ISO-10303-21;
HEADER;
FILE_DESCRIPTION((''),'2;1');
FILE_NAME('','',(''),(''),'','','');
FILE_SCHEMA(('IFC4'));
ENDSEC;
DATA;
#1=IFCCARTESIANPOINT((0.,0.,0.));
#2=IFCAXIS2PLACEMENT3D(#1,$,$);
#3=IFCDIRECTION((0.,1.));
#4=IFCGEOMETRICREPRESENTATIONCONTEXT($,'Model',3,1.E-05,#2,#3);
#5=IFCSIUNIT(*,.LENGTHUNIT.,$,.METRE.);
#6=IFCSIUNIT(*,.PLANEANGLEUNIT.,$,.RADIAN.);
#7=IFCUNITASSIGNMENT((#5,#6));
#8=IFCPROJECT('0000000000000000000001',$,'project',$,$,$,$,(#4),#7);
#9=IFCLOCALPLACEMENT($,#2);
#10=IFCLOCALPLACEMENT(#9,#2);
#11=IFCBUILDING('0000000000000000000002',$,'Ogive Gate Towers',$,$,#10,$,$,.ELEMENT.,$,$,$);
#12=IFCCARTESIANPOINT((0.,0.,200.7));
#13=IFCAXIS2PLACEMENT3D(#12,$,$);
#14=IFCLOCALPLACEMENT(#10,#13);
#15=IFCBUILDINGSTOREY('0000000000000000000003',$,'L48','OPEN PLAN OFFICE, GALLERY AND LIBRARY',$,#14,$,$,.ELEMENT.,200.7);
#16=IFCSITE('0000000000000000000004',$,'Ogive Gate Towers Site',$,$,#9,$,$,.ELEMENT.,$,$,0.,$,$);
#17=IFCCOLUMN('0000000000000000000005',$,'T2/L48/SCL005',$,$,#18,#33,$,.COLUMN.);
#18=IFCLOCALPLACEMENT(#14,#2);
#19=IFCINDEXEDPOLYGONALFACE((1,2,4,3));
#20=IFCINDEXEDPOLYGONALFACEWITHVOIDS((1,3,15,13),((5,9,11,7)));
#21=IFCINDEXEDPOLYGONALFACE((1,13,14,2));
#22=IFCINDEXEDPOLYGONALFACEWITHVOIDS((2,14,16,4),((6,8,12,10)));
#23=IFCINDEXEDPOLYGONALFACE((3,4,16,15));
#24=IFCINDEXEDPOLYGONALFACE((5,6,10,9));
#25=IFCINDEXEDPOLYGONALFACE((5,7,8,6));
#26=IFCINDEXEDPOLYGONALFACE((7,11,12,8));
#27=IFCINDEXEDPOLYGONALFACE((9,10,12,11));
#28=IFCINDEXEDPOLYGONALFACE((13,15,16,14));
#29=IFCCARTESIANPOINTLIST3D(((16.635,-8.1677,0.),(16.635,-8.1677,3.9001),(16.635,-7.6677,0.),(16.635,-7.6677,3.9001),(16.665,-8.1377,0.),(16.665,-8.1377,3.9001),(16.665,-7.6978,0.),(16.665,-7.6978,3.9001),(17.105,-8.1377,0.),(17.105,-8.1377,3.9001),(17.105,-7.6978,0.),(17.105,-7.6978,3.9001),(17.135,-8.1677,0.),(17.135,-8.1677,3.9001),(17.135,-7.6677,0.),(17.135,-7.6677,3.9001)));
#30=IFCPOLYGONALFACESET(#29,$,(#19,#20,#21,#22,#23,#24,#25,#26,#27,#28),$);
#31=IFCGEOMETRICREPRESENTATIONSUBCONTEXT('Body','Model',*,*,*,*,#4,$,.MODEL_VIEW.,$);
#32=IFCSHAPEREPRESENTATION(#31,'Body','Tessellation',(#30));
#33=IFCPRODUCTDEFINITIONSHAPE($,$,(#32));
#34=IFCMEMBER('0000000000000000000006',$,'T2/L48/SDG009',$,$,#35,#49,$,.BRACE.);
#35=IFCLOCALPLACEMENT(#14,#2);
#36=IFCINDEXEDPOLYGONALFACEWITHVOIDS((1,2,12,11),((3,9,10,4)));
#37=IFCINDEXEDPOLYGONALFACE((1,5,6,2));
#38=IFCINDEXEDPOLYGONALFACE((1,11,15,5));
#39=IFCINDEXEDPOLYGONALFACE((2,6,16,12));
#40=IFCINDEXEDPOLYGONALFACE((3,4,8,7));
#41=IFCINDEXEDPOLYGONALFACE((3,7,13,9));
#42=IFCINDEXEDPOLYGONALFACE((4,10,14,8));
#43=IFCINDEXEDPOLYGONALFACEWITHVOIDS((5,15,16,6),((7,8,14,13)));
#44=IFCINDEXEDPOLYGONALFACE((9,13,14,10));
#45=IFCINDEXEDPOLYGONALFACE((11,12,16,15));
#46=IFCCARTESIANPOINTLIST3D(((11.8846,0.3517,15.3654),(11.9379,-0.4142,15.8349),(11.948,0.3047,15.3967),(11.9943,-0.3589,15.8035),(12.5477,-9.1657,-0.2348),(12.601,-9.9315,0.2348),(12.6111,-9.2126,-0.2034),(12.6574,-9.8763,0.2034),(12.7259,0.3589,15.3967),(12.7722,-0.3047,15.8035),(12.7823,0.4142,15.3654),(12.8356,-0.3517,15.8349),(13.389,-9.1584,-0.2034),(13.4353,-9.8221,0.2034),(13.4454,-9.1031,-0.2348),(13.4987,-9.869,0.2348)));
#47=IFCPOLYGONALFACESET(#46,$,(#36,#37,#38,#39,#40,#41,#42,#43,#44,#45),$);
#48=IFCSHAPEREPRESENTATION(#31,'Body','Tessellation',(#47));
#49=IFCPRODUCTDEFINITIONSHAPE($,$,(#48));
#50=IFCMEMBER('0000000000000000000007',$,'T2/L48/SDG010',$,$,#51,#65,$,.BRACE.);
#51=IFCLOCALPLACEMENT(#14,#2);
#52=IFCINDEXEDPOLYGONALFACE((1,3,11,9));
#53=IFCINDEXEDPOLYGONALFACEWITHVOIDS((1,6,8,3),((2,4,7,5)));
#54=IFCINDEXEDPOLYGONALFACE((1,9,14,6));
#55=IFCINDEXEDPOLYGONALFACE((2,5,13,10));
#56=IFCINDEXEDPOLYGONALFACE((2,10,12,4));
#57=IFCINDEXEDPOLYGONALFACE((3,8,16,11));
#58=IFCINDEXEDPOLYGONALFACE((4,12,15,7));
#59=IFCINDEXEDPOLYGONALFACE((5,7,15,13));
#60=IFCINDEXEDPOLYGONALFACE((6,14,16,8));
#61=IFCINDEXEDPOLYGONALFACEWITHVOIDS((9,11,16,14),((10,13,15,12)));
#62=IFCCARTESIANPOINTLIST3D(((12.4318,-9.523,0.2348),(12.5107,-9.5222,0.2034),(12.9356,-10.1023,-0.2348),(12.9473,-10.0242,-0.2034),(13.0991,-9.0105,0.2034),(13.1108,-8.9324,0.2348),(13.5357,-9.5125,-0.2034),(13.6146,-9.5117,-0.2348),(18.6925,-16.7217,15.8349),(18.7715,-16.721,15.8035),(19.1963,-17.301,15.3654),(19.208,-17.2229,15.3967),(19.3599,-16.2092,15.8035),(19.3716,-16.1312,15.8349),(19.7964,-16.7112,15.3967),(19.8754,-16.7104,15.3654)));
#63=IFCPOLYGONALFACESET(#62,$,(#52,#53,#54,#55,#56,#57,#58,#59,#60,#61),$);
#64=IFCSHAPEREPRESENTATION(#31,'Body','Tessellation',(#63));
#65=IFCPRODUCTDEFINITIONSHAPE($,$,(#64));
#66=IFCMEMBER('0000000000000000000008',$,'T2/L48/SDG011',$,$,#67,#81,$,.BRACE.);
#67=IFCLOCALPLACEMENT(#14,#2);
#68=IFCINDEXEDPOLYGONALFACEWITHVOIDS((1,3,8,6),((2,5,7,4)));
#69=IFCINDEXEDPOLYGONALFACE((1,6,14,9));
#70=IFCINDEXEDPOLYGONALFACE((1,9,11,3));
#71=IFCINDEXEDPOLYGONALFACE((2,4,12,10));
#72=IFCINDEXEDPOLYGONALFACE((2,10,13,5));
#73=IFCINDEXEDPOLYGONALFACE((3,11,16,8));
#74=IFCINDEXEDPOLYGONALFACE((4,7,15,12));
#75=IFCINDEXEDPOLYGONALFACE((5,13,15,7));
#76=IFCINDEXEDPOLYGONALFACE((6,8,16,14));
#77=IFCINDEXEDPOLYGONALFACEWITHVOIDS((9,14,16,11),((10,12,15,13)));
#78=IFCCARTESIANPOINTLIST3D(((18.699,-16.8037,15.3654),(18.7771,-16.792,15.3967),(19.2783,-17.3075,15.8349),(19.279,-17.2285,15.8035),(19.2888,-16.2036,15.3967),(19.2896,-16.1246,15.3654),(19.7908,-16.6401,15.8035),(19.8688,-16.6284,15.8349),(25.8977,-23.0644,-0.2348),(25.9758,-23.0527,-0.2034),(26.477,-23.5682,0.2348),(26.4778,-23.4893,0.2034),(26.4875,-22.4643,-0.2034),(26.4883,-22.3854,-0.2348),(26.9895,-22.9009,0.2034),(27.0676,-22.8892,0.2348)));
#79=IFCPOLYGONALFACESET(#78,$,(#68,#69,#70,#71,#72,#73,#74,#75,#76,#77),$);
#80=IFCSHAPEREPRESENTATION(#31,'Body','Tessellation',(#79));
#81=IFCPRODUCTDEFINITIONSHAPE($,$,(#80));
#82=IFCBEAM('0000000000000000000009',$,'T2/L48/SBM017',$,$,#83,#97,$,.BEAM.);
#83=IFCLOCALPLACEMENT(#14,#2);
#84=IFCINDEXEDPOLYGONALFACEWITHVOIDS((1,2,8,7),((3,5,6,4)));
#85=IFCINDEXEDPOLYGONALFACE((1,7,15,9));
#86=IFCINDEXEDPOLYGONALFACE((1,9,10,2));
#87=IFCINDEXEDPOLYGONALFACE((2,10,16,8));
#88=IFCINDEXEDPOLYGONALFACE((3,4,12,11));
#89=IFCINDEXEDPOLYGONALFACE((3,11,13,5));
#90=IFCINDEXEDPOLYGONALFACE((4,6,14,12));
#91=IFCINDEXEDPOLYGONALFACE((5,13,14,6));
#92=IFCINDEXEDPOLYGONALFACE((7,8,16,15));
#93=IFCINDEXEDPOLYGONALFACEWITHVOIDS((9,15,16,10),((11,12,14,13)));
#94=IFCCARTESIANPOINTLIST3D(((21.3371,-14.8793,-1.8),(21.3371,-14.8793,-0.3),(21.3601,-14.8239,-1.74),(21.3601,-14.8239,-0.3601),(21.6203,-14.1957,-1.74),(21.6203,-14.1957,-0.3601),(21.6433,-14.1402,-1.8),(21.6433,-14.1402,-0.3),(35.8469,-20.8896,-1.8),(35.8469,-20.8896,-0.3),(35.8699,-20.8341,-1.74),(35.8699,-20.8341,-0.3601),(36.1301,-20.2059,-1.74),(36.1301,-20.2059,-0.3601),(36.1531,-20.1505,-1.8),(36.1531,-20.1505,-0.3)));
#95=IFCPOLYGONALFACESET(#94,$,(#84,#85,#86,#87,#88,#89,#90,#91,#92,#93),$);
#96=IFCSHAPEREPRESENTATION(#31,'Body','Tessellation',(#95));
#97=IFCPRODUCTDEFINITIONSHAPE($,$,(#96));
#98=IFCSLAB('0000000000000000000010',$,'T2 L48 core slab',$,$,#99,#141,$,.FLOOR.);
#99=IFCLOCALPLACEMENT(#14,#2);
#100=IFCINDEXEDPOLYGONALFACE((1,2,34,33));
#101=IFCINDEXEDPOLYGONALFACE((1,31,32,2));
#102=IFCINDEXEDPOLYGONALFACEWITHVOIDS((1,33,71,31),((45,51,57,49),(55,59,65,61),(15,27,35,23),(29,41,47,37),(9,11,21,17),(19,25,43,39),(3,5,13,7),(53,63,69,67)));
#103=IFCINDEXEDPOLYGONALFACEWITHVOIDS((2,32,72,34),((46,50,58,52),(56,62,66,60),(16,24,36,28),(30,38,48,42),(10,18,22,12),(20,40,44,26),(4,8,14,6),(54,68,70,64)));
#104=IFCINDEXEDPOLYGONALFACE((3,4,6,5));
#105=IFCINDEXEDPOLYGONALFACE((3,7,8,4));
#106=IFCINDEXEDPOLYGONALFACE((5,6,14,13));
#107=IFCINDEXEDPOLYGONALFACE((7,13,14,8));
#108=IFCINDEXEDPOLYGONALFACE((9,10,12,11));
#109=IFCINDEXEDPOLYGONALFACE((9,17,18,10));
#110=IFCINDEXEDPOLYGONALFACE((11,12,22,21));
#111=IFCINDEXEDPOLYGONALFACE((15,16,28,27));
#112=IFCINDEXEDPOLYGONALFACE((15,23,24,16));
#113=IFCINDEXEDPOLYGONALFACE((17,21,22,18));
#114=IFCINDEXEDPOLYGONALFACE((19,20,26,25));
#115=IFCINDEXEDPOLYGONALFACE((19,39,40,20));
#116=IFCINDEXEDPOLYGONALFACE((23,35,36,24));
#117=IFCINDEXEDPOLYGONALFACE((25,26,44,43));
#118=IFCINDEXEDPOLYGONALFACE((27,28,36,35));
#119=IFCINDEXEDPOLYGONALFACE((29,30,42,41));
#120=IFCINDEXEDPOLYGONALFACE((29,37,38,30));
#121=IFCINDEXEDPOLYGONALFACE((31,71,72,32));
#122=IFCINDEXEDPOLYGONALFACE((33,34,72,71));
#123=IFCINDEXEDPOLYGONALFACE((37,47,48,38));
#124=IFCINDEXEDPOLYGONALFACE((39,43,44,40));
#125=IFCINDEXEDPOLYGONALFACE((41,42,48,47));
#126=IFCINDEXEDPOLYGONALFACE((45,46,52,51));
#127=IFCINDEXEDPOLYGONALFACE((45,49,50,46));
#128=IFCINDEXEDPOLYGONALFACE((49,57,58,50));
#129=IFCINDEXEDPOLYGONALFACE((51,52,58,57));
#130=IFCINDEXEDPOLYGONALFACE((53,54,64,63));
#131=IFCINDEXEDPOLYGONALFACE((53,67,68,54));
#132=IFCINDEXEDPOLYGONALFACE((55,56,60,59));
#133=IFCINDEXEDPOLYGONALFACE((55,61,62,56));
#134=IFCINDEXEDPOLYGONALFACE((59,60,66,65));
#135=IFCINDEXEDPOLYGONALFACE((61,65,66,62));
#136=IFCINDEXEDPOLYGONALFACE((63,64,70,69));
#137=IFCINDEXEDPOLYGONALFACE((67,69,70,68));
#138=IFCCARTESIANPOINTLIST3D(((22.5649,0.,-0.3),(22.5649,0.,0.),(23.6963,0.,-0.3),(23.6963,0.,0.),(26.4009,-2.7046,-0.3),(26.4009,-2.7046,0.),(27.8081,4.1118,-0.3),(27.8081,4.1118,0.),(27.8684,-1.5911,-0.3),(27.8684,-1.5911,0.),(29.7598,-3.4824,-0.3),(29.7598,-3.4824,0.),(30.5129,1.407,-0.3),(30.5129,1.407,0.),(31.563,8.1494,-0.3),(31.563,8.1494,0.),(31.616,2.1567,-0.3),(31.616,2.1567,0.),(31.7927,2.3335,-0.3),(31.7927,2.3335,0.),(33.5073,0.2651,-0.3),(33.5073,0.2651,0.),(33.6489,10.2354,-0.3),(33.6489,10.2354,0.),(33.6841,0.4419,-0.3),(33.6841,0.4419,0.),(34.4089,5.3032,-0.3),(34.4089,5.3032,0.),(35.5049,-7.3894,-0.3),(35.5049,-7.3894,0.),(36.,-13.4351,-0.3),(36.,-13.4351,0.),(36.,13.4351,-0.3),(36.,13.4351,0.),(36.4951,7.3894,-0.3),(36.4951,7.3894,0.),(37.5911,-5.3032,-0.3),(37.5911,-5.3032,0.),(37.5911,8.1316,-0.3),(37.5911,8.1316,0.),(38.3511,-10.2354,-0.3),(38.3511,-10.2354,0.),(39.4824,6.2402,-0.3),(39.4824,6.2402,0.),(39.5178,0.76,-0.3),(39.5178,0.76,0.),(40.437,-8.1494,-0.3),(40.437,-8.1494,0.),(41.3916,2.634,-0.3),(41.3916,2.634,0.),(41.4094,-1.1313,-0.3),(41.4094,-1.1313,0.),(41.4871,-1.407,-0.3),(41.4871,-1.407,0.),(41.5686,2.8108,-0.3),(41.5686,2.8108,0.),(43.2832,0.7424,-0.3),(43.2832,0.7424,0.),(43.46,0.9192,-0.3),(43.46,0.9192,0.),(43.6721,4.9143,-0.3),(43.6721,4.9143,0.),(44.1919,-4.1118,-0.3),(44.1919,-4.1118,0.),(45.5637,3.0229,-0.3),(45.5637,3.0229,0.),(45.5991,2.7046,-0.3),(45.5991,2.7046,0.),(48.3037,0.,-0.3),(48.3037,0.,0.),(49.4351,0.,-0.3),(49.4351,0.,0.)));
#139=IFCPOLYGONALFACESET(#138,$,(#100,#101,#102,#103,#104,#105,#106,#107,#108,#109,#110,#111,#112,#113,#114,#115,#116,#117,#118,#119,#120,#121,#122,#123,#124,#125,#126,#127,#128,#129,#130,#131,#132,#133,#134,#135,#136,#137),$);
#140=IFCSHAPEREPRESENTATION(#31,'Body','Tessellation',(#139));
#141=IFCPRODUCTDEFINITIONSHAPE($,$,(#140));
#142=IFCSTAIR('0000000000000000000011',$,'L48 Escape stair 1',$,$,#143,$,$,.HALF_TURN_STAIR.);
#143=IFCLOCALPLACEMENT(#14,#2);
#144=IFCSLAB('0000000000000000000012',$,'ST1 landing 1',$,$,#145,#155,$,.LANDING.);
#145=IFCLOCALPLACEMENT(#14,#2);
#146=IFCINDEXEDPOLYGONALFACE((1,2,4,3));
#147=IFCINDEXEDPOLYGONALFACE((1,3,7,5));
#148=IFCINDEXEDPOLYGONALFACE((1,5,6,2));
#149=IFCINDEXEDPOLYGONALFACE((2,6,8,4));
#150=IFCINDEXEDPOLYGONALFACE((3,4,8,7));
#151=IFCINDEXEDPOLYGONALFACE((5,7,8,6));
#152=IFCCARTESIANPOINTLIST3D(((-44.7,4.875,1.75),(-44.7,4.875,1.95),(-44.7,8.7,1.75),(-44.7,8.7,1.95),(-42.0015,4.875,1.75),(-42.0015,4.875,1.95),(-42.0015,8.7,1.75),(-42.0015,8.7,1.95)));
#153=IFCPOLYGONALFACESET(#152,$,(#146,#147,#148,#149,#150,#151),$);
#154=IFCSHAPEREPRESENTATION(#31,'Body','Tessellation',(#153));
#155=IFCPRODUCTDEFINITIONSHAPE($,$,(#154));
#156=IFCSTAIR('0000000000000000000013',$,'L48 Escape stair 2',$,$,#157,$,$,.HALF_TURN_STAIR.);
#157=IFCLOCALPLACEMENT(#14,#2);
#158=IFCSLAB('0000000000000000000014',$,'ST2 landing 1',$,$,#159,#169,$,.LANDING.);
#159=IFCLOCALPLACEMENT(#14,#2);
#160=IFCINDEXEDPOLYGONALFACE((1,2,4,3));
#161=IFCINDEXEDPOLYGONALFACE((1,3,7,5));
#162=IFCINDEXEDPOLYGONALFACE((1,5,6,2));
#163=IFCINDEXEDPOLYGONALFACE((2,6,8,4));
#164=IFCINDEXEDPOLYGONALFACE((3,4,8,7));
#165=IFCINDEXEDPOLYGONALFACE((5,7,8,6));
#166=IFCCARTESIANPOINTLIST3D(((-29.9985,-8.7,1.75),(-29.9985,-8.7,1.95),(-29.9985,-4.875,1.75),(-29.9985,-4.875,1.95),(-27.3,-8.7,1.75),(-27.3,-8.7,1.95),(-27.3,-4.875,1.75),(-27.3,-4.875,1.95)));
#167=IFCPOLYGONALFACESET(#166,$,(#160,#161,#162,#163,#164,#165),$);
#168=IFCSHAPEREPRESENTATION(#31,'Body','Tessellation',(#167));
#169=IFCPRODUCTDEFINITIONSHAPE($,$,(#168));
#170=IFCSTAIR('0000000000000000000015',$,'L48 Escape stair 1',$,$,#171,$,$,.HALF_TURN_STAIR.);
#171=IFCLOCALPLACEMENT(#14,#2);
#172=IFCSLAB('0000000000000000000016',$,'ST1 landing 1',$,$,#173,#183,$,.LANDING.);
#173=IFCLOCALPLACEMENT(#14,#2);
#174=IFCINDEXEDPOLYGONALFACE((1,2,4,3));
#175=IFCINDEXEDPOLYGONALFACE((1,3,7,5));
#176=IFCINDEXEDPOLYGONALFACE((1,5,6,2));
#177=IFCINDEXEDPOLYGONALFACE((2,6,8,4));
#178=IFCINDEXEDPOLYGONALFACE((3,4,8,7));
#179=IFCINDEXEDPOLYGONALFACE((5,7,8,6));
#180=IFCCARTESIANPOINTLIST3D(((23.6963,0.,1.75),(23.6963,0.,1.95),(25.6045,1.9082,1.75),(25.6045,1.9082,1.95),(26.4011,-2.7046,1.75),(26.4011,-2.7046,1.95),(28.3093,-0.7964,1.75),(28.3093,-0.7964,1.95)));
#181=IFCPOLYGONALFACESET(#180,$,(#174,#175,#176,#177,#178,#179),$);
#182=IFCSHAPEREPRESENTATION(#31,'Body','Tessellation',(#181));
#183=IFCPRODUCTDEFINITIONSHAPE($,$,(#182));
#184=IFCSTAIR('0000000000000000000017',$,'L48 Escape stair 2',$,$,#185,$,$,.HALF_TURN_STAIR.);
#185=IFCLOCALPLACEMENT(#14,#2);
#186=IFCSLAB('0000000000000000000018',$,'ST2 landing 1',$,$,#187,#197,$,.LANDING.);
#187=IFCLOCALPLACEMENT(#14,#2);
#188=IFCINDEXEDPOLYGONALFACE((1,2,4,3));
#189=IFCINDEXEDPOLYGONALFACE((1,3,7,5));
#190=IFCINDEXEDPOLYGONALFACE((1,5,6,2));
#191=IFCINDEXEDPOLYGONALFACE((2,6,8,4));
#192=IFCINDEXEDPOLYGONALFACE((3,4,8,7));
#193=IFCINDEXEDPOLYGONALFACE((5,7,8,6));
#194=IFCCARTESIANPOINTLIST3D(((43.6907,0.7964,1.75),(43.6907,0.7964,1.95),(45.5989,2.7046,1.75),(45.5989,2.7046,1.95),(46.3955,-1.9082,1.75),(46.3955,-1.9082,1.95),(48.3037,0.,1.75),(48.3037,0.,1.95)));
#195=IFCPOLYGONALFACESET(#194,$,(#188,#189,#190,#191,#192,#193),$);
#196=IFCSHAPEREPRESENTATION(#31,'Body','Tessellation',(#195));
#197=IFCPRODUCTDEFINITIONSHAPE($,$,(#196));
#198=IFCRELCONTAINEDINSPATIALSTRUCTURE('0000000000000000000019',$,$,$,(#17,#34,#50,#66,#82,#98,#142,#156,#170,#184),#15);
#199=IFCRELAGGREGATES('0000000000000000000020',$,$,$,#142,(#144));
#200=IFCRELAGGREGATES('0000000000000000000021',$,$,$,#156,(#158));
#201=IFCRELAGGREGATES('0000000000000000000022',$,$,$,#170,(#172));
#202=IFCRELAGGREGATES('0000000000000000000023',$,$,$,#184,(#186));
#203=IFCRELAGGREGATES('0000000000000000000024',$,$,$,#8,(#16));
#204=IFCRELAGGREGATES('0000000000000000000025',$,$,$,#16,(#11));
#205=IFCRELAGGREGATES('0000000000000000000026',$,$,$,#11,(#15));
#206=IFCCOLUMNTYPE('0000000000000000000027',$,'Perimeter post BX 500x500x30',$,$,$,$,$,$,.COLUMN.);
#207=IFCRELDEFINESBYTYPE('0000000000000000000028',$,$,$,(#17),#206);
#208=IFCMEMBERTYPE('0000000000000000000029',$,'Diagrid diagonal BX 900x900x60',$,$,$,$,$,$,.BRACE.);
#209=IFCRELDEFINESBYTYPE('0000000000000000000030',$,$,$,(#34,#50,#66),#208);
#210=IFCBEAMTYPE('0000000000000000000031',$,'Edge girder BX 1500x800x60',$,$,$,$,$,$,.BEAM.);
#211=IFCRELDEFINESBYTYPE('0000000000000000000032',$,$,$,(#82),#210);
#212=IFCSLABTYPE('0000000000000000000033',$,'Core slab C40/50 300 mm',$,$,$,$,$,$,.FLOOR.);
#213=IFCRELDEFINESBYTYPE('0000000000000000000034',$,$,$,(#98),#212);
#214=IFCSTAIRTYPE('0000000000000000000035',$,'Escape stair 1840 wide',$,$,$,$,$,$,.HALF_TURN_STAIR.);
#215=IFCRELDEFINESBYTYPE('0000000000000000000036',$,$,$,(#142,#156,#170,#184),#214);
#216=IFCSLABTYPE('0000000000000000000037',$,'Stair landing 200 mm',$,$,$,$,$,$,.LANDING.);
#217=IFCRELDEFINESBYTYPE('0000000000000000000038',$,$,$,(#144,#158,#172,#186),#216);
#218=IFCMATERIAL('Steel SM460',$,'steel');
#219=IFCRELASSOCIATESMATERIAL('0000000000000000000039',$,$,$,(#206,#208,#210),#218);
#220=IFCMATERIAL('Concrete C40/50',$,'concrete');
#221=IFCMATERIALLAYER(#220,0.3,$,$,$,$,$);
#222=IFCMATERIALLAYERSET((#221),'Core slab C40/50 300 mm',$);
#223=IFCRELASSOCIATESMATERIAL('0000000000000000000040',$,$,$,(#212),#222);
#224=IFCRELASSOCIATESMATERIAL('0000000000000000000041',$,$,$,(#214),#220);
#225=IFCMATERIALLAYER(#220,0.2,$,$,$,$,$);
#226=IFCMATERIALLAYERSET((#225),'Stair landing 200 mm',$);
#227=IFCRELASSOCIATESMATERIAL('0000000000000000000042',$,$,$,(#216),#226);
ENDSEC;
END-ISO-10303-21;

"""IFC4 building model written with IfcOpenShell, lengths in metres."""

from ifc_helpers import new_model, si_unit, direction, frame, origin, origin_2d, place, context, subcontext, project, spatial, polyline, hollow_rectangle, outline, extrude, material, layer, layer_set, material_profile, profile_set, type_object, element, aggregate, save


model = new_model("IFC4")

# Units and contexts
model_context = context("Model", 3, precision=1e-05, world=origin(), true_north=direction((0.0, 1.0)))
body_context = subcontext(model_context, "Body", "Model", "MODEL_VIEW")
ifc_project = project(units=[si_unit("LENGTHUNIT", "METRE"), si_unit("PLANEANGLEUNIT", "RADIAN")], contexts=[model_context])

# Site, building, storey
site_placement = place(None, origin())
site = spatial("IfcSite", under=ifc_project, at=site_placement, Name="Ogive Gate Towers Site", CompositionType="ELEMENT", RefElevation=0.0)
building_placement = place(site_placement, origin())
building = spatial("IfcBuilding", under=site, at=building_placement, Name="Ogive Gate Towers", CompositionType="ELEMENT")
storey_placement = place(building_placement, frame((0.0, 0.0, 200.7)))
storey = spatial("IfcBuildingStorey", under=building, at=storey_placement, Name="L48", Description="OPEN PLAN OFFICE, GALLERY AND LIBRARY", CompositionType="ELEMENT", Elevation=200.7)

# Column
ifc_material_1 = material(Name="Steel SM460", Category="steel")
ifc_material_profile_1 = material_profile(ifc_material_1, hollow_rectangle(XDim=0.5, YDim=0.5, WallThickness=0.03, at=origin_2d()), Name="BX 500x500x30")
ifc_profile_set_1 = profile_set([ifc_material_profile_1], Name="Steel SM460")
column_type = type_object("IfcColumnType", Name="Perimeter post BX 500x500x30", PredefinedType="COLUMN", material=ifc_profile_set_1)
column_placement = place(storey_placement, frame((16.885, -7.9177, 0.0), z_axis=(0.0, 0.0, 1.0), x_axis=(1.0, 0.0, 0.0)))
element("IfcColumn", 1, at=column_placement, inside=storey, type_object=column_type, Name="T2/L48/SCL005", PredefinedType="COLUMN", context=body_context, shape_type="SweptSolid", body=[
    extrude(hollow_rectangle(XDim=0.5, YDim=0.5, WallThickness=0.03, at=origin_2d()), origin(), (0.0, 0.0, 1.0), 3.9001),
])

# Members
ifc_material_profile_2 = material_profile(ifc_material_1, hollow_rectangle(XDim=0.8999, YDim=0.8999, WallThickness=0.0601, at=origin_2d()), Name="BX 900x900x60")
ifc_profile_set_2 = profile_set([ifc_material_profile_2], Name="Steel SM460")
member_type = type_object("IfcMemberType", Name="Diagrid diagonal BX 900x900x60", PredefinedType="BRACE", material=ifc_profile_set_2)
for number, where, z_axis, x_axis, name in (
    (2, (13.0232, -9.5173, 0.0), (-0.036262, 0.520468, 0.853111), (-0.997582, -0.069503, 0.0), "T2/L48/SDG009"),
    (3, (13.0232, -9.5173, 0.0), (0.342377, -0.393672, 0.853112), (0.754555, 0.656237, 0.0), "T2/L48/SDG010"),
    (4, (26.4827, -22.9768, 0.0), (-0.393672, 0.342377, 0.853112), (-0.656237, -0.754555, 0.0), "T2/L48/SDG011"),
):
    element("IfcMember", number, at=place(storey_placement, frame(where, z_axis=z_axis, x_axis=x_axis)), inside=storey, type_object=member_type, Name=name, PredefinedType="BRACE", context=body_context, shape_type="SweptSolid", body=[
        extrude(hollow_rectangle(XDim=0.8999, YDim=0.8999, WallThickness=0.0601, at=origin_2d()), origin(), (0.0, 0.0, 1.0), 18.2861),
    ])

# Beam
ifc_material_profile_3 = material_profile(ifc_material_1, hollow_rectangle(XDim=0.8, YDim=1.5, WallThickness=0.0601, at=origin_2d()), Name="BX 1500x800x60")
ifc_profile_set_3 = profile_set([ifc_material_profile_3], Name="Steel SM460")
beam_type = type_object("IfcBeamType", Name="Edge girder BX 1500x800x60", PredefinedType="BEAM", material=ifc_profile_set_3)
beam_placement = place(storey_placement, frame((21.4902, -14.5098, -1.05), z_axis=(0.923877, -0.38269, 0.0), x_axis=(0.38269, 0.923877, 0.0)))
element("IfcBeam", 5, at=beam_placement, inside=storey, type_object=beam_type, Name="T2/L48/SBM017", PredefinedType="BEAM", context=body_context, shape_type="SweptSolid", body=[
    extrude(hollow_rectangle(XDim=0.8, YDim=1.5, WallThickness=0.0601, at=origin_2d()), origin(), (0.0, 0.0, 1.0), 15.7053),
])

# Slab
ifc_material_2 = material(Name="Concrete C40/50", Category="concrete")
ifc_layer_1 = layer(ifc_material_2, 0.3)
ifc_layer_set_1 = layer_set([ifc_layer_1], Name="Core slab C40/50 300 mm")
slab_type_1 = type_object("IfcSlabType", Name="Core slab C40/50 300 mm", PredefinedType="FLOOR", material=ifc_layer_set_1)
slab_1_placement = place(storey_placement, frame((0.0, 0.0, -0.3)))
element("IfcSlab", 6, at=slab_1_placement, inside=storey, type_object=slab_type_1, Name="T2 L48 core slab", PredefinedType="FLOOR", context=body_context, shape_type="SweptSolid", body=[
    extrude(outline(polyline([(36.0, -13.4351), (22.5649, 0.0), (36.0, 13.4351), (49.4351, 0.0), (36.0, -13.4351)]), holes=[polyline([(29.7598, -3.4824), (33.5073, 0.2651), (31.616, 2.1567), (27.8684, -1.5911), (29.7598, -3.4824)]), polyline([(31.7927, 2.3335), (33.6841, 0.4419), (39.4824, 6.2402), (37.5911, 8.1316), (31.7927, 2.3335)]), polyline([(41.3916, 2.634), (39.5178, 0.76), (41.4094, -1.1313), (43.2832, 0.7424), (41.3916, 2.634)]), polyline([(45.5637, 3.0229), (43.6721, 4.9143), (41.5686, 2.8108), (43.46, 0.9192), (45.5637, 3.0229)]), polyline([(34.4089, 5.3032), (36.4951, 7.3894), (33.6489, 10.2354), (31.563, 8.1494), (34.4089, 5.3032)]), polyline([(35.5049, -7.3894), (38.3511, -10.2354), (40.437, -8.1494), (37.5911, -5.3032), (35.5049, -7.3894)]), polyline([(26.4009, -2.7046), (30.5129, 1.407), (27.8081, 4.1118), (23.6963, 0.0), (26.4009, -2.7046)]), polyline([(48.3037, 0.0), (45.5991, 2.7046), (41.4871, -1.407), (44.1919, -4.1118), (48.3037, 0.0)])]), origin(), (0.0, 0.0, 1.0), 0.3),
])

# Stairs, slabs
stair_type = type_object("IfcStairType", Name="Escape stair 1840 wide", PredefinedType="HALF_TURN_STAIR", material=ifc_material_2)
stair_1_placement = place(storey_placement, origin())
stair_1 = element("IfcStair", 7, at=stair_1_placement, inside=storey, type_object=stair_type, Name="L48 Escape stair 1", PredefinedType="HALF_TURN_STAIR")
ifc_layer_2 = layer(ifc_material_2, 0.2)
ifc_layer_set_2 = layer_set([ifc_layer_2], Name="Stair landing 200 mm")
slab_type_2 = type_object("IfcSlabType", Name="Stair landing 200 mm", PredefinedType="LANDING", material=ifc_layer_set_2)
slab_2_placement = place(storey_placement, frame((0.0, 0.0, 1.75)))
slab_2 = element("IfcSlab", 8, at=slab_2_placement, type_object=slab_type_2, Name="ST1 landing 1", PredefinedType="LANDING", context=body_context, shape_type="SweptSolid", body=[
    extrude(outline(polyline([(-42.0015, 8.7), (-44.7, 8.7), (-44.7, 4.875), (-42.0015, 4.875), (-42.0015, 8.7)])), origin(), (0.0, 0.0, 1.0), 0.2),
])
aggregate(stair_1, [slab_2])
stair_2_placement = place(storey_placement, origin())
stair_2 = element("IfcStair", 9, at=stair_2_placement, inside=storey, type_object=stair_type, Name="L48 Escape stair 2", PredefinedType="HALF_TURN_STAIR")
slab_3_placement = place(storey_placement, frame((0.0, 0.0, 1.75)))
slab_3 = element("IfcSlab", 10, at=slab_3_placement, type_object=slab_type_2, Name="ST2 landing 1", PredefinedType="LANDING", context=body_context, shape_type="SweptSolid", body=[
    extrude(outline(polyline([(-29.9985, -8.7), (-27.3, -8.7), (-27.3, -4.875), (-29.9985, -4.875), (-29.9985, -8.7)])), origin(), (0.0, 0.0, 1.0), 0.2),
])
aggregate(stair_2, [slab_3])
stair_3_placement = place(storey_placement, origin())
stair_3 = element("IfcStair", 11, at=stair_3_placement, inside=storey, type_object=stair_type, Name="L48 Escape stair 1", PredefinedType="HALF_TURN_STAIR")
slab_4_placement = place(storey_placement, frame((0.0, 0.0, 1.75)))
slab_4 = element("IfcSlab", 12, at=slab_4_placement, type_object=slab_type_2, Name="ST1 landing 1", PredefinedType="LANDING", context=body_context, shape_type="SweptSolid", body=[
    extrude(outline(polyline([(25.6045, 1.9082), (23.6963, 0.0), (26.4011, -2.7046), (28.3093, -0.7964), (25.6045, 1.9082)])), origin(), (0.0, 0.0, 1.0), 0.2),
])
aggregate(stair_3, [slab_4])
stair_4_placement = place(storey_placement, origin())
stair_4 = element("IfcStair", 13, at=stair_4_placement, inside=storey, type_object=stair_type, Name="L48 Escape stair 2", PredefinedType="HALF_TURN_STAIR")
slab_5_placement = place(storey_placement, frame((0.0, 0.0, 1.75)))
slab_5 = element("IfcSlab", 14, at=slab_5_placement, type_object=slab_type_2, Name="ST2 landing 1", PredefinedType="LANDING", context=body_context, shape_type="SweptSolid", body=[
    extrude(outline(polyline([(46.3955, -1.9082), (48.3037, 0.0), (45.5989, 2.7046), (43.6907, 0.7964), (46.3955, -1.9082)])), origin(), (0.0, 0.0, 1.0), 0.2),
])
aggregate(stair_4, [slab_5])

save(model, "model.ifc")
